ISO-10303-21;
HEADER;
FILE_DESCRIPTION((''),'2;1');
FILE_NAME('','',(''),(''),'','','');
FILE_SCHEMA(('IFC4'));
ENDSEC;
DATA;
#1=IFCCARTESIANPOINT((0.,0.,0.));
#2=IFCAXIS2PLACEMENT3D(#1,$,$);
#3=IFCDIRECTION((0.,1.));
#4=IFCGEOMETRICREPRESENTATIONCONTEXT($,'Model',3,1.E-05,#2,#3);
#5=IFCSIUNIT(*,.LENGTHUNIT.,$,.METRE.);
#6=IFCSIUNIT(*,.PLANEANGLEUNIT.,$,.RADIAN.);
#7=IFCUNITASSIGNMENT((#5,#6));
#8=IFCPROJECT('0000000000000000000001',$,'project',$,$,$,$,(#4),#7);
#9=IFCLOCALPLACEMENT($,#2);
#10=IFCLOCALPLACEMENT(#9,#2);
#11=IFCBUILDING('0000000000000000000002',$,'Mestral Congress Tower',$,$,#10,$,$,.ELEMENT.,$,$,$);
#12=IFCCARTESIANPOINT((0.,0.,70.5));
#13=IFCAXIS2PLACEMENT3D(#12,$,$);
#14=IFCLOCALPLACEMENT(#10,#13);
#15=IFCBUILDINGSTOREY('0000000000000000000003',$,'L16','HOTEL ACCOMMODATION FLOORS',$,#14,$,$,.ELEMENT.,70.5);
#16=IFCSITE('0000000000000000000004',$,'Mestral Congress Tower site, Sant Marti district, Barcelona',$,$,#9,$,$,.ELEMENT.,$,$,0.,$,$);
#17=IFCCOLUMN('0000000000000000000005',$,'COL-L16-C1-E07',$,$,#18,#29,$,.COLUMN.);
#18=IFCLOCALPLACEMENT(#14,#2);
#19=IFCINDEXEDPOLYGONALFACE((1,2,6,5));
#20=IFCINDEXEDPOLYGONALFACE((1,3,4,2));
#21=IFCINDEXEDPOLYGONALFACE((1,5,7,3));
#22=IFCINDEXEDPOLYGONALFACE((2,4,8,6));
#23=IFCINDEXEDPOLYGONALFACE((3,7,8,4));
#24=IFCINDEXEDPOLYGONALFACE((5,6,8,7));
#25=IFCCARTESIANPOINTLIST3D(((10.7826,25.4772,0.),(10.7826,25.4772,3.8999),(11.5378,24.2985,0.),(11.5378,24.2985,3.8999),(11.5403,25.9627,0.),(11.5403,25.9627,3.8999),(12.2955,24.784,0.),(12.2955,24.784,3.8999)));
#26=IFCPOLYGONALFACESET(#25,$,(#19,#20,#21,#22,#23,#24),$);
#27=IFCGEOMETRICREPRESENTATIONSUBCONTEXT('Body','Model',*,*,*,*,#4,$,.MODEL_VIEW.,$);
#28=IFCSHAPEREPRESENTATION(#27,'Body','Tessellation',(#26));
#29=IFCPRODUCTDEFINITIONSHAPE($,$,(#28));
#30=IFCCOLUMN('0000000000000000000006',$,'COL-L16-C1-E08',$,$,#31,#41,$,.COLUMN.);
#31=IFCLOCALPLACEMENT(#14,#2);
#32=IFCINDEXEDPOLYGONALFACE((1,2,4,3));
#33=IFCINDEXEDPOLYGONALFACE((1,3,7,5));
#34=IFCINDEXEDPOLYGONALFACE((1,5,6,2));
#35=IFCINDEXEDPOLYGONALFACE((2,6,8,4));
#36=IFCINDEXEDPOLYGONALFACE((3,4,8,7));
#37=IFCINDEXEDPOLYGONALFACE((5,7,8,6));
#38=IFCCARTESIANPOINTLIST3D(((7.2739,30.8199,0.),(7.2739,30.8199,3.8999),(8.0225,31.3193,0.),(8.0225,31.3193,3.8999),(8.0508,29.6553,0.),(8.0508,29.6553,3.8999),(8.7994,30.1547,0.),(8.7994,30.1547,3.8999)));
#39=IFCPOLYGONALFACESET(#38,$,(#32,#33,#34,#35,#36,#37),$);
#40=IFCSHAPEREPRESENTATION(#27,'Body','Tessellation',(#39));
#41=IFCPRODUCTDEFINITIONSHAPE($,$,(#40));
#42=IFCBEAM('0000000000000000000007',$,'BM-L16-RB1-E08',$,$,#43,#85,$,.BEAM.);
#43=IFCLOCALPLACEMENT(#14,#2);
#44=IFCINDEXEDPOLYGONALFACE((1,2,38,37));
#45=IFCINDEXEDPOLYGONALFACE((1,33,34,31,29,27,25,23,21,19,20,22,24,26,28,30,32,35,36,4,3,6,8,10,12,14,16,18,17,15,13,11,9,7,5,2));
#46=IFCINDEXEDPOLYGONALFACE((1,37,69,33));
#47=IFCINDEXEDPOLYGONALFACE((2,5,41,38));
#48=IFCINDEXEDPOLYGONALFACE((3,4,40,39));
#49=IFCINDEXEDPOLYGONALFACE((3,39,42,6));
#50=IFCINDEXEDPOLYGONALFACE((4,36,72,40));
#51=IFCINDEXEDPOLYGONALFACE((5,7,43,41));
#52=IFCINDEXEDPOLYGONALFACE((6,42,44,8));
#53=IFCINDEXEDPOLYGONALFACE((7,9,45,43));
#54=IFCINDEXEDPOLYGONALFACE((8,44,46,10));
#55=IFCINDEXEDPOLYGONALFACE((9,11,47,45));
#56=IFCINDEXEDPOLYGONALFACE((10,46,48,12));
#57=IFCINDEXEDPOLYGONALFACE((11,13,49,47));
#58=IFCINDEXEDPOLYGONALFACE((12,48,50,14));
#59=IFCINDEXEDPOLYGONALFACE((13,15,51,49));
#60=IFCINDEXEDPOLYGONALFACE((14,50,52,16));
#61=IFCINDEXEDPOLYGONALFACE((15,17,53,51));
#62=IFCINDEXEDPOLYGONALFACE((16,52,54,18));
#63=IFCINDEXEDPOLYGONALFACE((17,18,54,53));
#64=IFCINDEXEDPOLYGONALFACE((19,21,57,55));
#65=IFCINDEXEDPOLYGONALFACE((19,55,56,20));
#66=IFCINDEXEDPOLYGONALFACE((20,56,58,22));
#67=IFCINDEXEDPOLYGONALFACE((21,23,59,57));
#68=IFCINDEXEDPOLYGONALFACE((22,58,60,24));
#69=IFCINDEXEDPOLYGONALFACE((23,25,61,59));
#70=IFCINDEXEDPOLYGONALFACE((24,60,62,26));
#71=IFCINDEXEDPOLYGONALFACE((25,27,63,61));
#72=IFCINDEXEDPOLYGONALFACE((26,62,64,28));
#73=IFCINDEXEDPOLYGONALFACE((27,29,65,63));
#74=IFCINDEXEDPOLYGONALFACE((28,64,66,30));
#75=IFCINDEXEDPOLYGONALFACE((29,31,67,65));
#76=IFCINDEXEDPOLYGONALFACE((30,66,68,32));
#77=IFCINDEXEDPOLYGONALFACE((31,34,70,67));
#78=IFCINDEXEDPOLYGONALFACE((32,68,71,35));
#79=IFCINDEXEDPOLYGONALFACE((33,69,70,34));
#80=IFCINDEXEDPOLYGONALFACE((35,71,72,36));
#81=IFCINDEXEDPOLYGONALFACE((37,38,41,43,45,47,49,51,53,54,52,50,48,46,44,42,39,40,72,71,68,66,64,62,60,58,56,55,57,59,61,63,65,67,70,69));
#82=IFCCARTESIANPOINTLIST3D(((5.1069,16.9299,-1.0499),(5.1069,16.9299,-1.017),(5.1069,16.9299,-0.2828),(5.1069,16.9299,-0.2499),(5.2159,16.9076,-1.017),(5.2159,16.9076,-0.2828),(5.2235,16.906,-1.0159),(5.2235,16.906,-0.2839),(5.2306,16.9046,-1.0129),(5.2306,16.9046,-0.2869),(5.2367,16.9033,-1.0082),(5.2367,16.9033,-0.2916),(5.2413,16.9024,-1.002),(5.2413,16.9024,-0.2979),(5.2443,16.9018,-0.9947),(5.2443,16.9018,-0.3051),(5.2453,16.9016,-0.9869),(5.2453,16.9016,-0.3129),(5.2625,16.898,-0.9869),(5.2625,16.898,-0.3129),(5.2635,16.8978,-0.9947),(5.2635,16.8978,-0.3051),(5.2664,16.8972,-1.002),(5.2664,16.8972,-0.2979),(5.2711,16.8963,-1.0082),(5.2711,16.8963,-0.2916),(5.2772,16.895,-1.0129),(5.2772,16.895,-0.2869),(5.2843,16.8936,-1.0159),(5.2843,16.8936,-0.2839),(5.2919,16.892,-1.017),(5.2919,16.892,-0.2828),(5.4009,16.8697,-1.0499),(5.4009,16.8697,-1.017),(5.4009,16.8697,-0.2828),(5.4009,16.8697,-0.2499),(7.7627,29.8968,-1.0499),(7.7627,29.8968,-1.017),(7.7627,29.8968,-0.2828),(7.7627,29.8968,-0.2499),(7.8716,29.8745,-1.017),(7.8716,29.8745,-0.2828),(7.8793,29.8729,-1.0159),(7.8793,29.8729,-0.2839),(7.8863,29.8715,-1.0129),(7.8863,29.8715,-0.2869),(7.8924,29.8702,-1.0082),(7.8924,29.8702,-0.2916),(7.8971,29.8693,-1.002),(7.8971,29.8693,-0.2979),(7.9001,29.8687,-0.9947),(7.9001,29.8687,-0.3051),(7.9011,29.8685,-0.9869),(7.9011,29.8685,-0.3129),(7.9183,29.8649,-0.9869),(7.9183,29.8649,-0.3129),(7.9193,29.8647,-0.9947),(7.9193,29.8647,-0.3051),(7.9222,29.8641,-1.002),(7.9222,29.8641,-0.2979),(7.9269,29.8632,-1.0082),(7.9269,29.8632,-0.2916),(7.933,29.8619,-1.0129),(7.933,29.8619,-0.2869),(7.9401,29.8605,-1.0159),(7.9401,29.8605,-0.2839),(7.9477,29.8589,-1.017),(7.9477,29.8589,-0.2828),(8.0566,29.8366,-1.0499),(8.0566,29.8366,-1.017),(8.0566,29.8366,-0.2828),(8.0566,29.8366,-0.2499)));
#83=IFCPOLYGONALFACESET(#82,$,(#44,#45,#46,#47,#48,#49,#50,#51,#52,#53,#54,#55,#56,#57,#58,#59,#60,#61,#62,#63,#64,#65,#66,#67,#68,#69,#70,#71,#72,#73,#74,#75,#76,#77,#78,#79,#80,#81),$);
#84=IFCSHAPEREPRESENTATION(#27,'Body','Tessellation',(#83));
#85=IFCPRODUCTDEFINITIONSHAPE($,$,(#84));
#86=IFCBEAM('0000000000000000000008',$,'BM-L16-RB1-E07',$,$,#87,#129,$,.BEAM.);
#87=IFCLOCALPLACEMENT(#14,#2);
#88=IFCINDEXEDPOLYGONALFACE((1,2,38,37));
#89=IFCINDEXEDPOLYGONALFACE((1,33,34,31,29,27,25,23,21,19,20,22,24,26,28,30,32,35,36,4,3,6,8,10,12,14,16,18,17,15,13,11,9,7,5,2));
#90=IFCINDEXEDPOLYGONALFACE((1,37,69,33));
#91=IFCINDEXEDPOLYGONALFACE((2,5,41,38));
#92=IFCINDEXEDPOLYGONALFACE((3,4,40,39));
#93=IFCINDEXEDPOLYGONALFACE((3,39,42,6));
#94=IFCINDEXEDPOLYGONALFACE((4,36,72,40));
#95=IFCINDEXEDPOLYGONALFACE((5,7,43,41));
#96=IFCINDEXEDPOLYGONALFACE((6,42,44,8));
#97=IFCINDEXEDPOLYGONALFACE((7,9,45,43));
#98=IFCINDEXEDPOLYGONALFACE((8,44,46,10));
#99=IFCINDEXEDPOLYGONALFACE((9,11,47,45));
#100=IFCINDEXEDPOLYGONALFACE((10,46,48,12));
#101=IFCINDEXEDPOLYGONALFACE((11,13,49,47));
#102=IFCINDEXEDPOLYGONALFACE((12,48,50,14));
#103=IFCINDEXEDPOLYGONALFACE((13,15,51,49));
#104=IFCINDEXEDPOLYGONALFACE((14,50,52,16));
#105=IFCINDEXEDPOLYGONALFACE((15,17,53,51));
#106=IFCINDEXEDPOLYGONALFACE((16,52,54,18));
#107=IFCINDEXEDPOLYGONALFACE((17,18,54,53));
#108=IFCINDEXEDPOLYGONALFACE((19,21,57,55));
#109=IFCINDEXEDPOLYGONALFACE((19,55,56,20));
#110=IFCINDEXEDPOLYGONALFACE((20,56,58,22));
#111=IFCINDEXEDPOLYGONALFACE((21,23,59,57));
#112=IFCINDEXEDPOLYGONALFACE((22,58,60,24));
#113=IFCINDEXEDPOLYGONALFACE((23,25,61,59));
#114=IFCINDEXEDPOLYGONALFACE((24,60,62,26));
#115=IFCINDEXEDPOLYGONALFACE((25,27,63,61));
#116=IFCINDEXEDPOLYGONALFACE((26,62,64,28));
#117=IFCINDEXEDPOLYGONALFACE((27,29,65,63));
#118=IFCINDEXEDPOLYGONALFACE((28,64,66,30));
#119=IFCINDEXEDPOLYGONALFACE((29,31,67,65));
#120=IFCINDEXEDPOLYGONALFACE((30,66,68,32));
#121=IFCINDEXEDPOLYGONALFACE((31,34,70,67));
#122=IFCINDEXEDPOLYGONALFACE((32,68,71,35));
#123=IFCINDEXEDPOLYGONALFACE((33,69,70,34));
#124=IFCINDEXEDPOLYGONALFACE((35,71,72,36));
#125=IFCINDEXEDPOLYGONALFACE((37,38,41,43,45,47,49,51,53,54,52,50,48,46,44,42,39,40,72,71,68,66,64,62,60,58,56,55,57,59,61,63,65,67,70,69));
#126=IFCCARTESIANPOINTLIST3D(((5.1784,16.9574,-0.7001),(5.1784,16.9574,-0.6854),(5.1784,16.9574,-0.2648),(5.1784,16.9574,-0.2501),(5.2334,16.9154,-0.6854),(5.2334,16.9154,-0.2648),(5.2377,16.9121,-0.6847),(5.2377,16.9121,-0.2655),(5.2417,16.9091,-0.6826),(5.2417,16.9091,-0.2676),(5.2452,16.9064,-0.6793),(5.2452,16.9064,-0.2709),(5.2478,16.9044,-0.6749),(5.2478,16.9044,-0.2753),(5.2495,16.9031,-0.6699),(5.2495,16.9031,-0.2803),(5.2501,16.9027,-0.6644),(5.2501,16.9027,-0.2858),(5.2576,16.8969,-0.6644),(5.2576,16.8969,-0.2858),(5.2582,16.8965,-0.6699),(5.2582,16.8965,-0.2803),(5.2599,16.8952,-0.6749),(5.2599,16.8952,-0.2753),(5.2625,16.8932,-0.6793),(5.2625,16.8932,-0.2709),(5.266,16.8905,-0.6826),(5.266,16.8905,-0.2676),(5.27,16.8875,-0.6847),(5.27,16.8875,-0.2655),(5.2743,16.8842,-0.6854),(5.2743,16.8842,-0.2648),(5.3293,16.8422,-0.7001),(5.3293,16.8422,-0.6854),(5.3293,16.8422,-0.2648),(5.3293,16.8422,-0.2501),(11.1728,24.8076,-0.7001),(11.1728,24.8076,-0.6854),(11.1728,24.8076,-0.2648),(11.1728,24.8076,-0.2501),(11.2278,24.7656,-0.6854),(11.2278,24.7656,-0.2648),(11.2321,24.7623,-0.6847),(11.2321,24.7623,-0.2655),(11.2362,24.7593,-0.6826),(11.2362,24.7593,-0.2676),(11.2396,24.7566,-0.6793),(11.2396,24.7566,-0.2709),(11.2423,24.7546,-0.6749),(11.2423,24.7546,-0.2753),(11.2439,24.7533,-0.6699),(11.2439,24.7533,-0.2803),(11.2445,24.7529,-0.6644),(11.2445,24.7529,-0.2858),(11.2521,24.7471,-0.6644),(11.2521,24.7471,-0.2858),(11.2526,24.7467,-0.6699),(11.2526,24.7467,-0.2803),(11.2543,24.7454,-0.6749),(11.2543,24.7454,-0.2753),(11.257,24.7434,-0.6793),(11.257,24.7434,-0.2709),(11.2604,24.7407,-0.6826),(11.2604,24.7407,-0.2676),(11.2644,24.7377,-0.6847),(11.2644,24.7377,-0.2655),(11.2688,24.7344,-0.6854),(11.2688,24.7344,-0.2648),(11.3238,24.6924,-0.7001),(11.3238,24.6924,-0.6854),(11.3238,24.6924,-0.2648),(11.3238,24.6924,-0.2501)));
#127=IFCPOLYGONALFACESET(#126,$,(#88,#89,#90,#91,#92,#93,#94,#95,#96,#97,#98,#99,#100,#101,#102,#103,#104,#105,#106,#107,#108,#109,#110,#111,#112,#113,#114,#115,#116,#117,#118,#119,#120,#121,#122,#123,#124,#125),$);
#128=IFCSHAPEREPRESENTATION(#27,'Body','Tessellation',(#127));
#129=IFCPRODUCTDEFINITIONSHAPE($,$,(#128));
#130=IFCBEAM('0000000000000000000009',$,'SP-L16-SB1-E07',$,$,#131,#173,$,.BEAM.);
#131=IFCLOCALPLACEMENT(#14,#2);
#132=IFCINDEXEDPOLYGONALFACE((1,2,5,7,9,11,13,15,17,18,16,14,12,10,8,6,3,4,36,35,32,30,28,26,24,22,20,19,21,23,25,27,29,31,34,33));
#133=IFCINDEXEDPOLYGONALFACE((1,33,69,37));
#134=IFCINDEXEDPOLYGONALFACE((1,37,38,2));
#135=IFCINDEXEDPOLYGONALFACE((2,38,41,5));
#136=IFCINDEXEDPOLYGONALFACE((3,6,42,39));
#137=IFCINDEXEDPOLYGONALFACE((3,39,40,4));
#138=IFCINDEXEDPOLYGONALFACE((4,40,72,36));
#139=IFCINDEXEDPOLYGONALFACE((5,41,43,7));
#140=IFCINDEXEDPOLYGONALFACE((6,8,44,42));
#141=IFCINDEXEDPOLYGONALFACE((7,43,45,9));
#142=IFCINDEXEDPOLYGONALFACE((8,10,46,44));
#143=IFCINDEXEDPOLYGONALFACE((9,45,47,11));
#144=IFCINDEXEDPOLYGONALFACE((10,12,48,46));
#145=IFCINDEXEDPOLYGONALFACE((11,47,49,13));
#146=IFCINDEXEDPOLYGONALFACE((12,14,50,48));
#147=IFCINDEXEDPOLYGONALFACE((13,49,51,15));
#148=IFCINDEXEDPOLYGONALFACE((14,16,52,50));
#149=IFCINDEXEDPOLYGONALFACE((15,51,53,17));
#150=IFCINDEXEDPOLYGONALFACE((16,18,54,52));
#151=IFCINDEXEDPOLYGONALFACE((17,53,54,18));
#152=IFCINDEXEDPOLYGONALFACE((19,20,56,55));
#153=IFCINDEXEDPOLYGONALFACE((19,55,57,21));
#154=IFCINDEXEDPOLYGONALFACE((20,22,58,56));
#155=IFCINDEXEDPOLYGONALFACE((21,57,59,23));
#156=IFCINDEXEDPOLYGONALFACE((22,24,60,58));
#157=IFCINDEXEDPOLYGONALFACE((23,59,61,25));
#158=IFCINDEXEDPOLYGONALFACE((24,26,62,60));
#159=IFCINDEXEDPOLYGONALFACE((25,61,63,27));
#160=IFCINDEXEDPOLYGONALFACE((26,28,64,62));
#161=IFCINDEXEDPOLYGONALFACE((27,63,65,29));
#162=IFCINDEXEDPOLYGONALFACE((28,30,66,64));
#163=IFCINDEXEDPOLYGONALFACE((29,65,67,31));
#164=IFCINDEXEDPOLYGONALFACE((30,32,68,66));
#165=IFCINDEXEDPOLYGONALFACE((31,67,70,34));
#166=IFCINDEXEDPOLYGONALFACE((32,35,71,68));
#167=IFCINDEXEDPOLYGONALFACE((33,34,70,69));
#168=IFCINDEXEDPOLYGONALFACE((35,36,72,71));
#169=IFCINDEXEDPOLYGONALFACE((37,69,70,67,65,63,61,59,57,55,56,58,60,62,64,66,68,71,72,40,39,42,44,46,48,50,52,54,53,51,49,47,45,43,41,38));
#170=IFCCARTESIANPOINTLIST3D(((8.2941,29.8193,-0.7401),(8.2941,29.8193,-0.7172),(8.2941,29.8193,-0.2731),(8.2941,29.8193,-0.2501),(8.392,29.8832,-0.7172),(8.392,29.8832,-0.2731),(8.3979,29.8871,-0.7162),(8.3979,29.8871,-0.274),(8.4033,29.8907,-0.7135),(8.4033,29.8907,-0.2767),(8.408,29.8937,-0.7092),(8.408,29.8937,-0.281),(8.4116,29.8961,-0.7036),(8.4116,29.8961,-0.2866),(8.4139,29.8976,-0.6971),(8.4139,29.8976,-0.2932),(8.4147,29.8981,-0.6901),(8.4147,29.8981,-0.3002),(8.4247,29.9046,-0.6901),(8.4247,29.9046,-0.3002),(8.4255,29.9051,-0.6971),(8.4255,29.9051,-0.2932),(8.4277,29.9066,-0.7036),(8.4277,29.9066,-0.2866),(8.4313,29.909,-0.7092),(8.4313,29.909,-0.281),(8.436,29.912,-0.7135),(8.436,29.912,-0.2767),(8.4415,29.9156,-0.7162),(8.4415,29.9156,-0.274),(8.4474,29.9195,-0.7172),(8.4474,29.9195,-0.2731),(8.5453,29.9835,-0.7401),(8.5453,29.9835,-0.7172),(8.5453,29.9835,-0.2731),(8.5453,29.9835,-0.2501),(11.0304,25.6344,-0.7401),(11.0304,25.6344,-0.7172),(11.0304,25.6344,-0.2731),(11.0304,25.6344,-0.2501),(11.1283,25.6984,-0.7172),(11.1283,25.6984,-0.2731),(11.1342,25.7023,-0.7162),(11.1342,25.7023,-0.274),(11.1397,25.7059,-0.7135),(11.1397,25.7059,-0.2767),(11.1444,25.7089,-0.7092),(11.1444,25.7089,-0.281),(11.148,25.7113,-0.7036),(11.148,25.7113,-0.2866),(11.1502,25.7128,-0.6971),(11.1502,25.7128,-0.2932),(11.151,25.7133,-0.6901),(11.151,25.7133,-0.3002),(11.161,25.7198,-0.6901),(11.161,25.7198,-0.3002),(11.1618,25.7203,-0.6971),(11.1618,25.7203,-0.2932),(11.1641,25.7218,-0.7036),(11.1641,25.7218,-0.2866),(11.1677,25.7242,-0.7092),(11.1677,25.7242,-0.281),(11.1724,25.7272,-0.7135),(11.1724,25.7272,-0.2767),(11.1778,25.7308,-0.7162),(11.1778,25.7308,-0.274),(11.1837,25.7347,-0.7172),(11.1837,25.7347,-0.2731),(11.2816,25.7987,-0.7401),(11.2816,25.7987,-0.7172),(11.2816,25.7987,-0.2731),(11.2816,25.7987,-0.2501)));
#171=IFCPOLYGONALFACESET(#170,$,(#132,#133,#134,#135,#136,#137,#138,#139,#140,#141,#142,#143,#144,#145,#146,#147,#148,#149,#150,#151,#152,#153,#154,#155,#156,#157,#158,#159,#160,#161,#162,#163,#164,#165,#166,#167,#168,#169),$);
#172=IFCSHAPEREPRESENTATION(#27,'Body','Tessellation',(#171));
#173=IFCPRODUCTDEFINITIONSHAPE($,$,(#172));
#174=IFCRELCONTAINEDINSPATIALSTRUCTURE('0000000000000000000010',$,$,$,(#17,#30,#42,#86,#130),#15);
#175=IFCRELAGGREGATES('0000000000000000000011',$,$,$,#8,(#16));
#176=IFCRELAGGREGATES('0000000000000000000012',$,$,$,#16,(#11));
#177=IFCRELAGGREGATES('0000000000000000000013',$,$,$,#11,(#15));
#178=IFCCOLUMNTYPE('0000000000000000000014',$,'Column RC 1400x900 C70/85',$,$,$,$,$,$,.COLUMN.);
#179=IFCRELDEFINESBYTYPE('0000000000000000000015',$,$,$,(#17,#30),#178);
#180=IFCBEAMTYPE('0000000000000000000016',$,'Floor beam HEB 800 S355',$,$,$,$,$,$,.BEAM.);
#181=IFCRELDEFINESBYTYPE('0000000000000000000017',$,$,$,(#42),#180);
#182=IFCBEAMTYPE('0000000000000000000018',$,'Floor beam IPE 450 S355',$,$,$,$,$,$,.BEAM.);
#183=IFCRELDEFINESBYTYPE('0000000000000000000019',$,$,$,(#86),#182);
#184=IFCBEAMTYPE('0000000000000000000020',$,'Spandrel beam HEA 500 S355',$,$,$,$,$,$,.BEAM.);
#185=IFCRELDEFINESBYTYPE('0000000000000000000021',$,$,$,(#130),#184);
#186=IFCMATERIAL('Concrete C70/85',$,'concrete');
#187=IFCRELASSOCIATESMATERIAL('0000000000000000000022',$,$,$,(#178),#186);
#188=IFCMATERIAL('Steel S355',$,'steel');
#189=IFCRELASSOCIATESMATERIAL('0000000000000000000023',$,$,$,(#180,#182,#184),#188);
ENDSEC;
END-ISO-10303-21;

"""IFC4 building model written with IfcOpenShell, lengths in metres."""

from ifc_helpers import new_model, si_unit, direction, frame, origin, origin_2d, place, context, subcontext, project, spatial, rectangle, i_section, extrude, material, material_profile, profile_set, type_object, element, save


model = new_model("IFC4")

# Units and contexts
model_context = context("Model", 3, precision=1e-05, world=origin(), true_north=direction((0.0, 1.0)))
body_context = subcontext(model_context, "Body", "Model", "MODEL_VIEW")
ifc_project = project(units=[si_unit("LENGTHUNIT", "METRE"), si_unit("PLANEANGLEUNIT", "RADIAN")], contexts=[model_context])

# Site, building, storey
site_placement = place(None, origin())
site = spatial("IfcSite", under=ifc_project, at=site_placement, Name="Mestral Congress Tower site, Sant Marti district, Barcelona", CompositionType="ELEMENT", RefElevation=0.0)
building_placement = place(site_placement, origin())
building = spatial("IfcBuilding", under=site, at=building_placement, Name="Mestral Congress Tower", CompositionType="ELEMENT")
storey_placement = place(building_placement, frame((0.0, 0.0, 70.5)))
storey = spatial("IfcBuildingStorey", under=building, at=storey_placement, Name="L16", Description="HOTEL ACCOMMODATION FLOORS", CompositionType="ELEMENT", Elevation=70.5)

# Columns
ifc_material_1 = material(Name="Concrete C70/85", Category="concrete")
ifc_material_profile_1 = material_profile(ifc_material_1, rectangle(XDim=1.3999, YDim=0.8999, at=origin_2d()), Name="RC 1400x900")
ifc_profile_set_1 = profile_set([ifc_material_profile_1], Name="Concrete C70/85")
column_type = type_object("IfcColumnType", Name="Column RC 1400x900 C70/85", PredefinedType="COLUMN", material=ifc_profile_set_1)
for number, where, z_axis, x_axis, name in (
    (1, (11.5391, 25.1306, 0.0), (0.0, 0.0, 1.0), (-0.539476, 0.842001, 0.0), "COL-L16-C1-E07"),
    (2, (8.0366, 30.4873, 0.0), (0.0, 0.0, 1.0), (-0.554949, 0.831884, 0.0), "COL-L16-C1-E08"),
):
    element("IfcColumn", number, at=place(storey_placement, frame(where, z_axis=z_axis, x_axis=x_axis)), inside=storey, type_object=column_type, Name=name, PredefinedType="COLUMN", context=body_context, shape_type="SweptSolid", body=[
        extrude(rectangle(XDim=1.3999, YDim=0.8999, at=origin_2d()), origin(), (0.0, 0.0, 1.0), 3.8999),
    ])

# Beams
ifc_material_2 = material(Name="Steel S355", Category="steel")
ifc_material_profile_2 = material_profile(ifc_material_2, i_section(OverallWidth=0.3, OverallDepth=0.8, WebThickness=0.0176, FlangeThickness=0.033, FilletRadius=0.03, at=origin_2d()), Name="HEB 800")
ifc_profile_set_2 = profile_set([ifc_material_profile_2], Name="Steel S355")
beam_type_1 = type_object("IfcBeamType", Name="Floor beam HEB 800 S355", PredefinedType="BEAM", material=ifc_profile_set_2)
beam_1_placement = place(storey_placement, frame((7.9097, 29.8667, -0.6499), z_axis=(-0.200647, -0.979664, 0.0), x_axis=(0.979664, -0.200647, 0.0)))
element("IfcBeam", 3, at=beam_1_placement, inside=storey, type_object=beam_type_1, Name="BM-L16-RB1-E08", PredefinedType="BEAM", context=body_context, shape_type="SweptSolid", body=[
    extrude(i_section(OverallWidth=0.3, OverallDepth=0.8, WebThickness=0.0176, FlangeThickness=0.033, FilletRadius=0.03, at=origin_2d()), origin(), (0.0, 0.0, 1.0), 13.2361),
])
ifc_material_profile_3 = material_profile(ifc_material_2, i_section(OverallWidth=0.1899, OverallDepth=0.45, WebThickness=0.0095, FlangeThickness=0.0146, FilletRadius=0.021, at=origin_2d()), Name="IPE 450")
ifc_profile_set_3 = profile_set([ifc_material_profile_3], Name="Steel S355")
beam_type_2 = type_object("IfcBeamType", Name="Floor beam IPE 450 S355", PredefinedType="BEAM", material=ifc_profile_set_3)
beam_2_placement = place(storey_placement, frame((11.2483, 24.75, -0.4751), z_axis=(-0.606899, -0.794779, 0.0), x_axis=(0.794779, -0.606899, 0.0)))
element("IfcBeam", 4, at=beam_2_placement, inside=storey, type_object=beam_type_2, Name="BM-L16-RB1-E07", PredefinedType="BEAM", context=body_context, shape_type="SweptSolid", body=[
    extrude(i_section(OverallWidth=0.1899, OverallDepth=0.45, WebThickness=0.0095, FlangeThickness=0.0146, FilletRadius=0.021, at=origin_2d()), origin(), (0.0, 0.0, 1.0), 9.8772),
])
ifc_material_profile_4 = material_profile(ifc_material_2, i_section(OverallWidth=0.3, OverallDepth=0.49, WebThickness=0.012, FlangeThickness=0.0229, FilletRadius=0.0271, at=origin_2d()), Name="HEA 500")
ifc_profile_set_4 = profile_set([ifc_material_profile_4], Name="Steel S355")
beam_type_3 = type_object("IfcBeamType", Name="Spandrel beam HEA 500 S355", PredefinedType="BEAM", material=ifc_profile_set_4)
beam_3_placement = place(storey_placement, frame((11.156, 25.7166, -0.4951), z_axis=(-0.547264, 0.83696, 0.0), x_axis=(-0.83696, -0.547264, 0.0)))
element("IfcBeam", 5, at=beam_3_placement, inside=storey, type_object=beam_type_3, Name="SP-L16-SB1-E07", PredefinedType="BEAM", context=body_context, shape_type="SweptSolid", body=[
    extrude(i_section(OverallWidth=0.3, OverallDepth=0.49, WebThickness=0.012, FlangeThickness=0.0229, FilletRadius=0.0271, at=origin_2d()), origin(), (0.0, 0.0, 1.0), 5.0),
])

save(model, "model.ifc")
